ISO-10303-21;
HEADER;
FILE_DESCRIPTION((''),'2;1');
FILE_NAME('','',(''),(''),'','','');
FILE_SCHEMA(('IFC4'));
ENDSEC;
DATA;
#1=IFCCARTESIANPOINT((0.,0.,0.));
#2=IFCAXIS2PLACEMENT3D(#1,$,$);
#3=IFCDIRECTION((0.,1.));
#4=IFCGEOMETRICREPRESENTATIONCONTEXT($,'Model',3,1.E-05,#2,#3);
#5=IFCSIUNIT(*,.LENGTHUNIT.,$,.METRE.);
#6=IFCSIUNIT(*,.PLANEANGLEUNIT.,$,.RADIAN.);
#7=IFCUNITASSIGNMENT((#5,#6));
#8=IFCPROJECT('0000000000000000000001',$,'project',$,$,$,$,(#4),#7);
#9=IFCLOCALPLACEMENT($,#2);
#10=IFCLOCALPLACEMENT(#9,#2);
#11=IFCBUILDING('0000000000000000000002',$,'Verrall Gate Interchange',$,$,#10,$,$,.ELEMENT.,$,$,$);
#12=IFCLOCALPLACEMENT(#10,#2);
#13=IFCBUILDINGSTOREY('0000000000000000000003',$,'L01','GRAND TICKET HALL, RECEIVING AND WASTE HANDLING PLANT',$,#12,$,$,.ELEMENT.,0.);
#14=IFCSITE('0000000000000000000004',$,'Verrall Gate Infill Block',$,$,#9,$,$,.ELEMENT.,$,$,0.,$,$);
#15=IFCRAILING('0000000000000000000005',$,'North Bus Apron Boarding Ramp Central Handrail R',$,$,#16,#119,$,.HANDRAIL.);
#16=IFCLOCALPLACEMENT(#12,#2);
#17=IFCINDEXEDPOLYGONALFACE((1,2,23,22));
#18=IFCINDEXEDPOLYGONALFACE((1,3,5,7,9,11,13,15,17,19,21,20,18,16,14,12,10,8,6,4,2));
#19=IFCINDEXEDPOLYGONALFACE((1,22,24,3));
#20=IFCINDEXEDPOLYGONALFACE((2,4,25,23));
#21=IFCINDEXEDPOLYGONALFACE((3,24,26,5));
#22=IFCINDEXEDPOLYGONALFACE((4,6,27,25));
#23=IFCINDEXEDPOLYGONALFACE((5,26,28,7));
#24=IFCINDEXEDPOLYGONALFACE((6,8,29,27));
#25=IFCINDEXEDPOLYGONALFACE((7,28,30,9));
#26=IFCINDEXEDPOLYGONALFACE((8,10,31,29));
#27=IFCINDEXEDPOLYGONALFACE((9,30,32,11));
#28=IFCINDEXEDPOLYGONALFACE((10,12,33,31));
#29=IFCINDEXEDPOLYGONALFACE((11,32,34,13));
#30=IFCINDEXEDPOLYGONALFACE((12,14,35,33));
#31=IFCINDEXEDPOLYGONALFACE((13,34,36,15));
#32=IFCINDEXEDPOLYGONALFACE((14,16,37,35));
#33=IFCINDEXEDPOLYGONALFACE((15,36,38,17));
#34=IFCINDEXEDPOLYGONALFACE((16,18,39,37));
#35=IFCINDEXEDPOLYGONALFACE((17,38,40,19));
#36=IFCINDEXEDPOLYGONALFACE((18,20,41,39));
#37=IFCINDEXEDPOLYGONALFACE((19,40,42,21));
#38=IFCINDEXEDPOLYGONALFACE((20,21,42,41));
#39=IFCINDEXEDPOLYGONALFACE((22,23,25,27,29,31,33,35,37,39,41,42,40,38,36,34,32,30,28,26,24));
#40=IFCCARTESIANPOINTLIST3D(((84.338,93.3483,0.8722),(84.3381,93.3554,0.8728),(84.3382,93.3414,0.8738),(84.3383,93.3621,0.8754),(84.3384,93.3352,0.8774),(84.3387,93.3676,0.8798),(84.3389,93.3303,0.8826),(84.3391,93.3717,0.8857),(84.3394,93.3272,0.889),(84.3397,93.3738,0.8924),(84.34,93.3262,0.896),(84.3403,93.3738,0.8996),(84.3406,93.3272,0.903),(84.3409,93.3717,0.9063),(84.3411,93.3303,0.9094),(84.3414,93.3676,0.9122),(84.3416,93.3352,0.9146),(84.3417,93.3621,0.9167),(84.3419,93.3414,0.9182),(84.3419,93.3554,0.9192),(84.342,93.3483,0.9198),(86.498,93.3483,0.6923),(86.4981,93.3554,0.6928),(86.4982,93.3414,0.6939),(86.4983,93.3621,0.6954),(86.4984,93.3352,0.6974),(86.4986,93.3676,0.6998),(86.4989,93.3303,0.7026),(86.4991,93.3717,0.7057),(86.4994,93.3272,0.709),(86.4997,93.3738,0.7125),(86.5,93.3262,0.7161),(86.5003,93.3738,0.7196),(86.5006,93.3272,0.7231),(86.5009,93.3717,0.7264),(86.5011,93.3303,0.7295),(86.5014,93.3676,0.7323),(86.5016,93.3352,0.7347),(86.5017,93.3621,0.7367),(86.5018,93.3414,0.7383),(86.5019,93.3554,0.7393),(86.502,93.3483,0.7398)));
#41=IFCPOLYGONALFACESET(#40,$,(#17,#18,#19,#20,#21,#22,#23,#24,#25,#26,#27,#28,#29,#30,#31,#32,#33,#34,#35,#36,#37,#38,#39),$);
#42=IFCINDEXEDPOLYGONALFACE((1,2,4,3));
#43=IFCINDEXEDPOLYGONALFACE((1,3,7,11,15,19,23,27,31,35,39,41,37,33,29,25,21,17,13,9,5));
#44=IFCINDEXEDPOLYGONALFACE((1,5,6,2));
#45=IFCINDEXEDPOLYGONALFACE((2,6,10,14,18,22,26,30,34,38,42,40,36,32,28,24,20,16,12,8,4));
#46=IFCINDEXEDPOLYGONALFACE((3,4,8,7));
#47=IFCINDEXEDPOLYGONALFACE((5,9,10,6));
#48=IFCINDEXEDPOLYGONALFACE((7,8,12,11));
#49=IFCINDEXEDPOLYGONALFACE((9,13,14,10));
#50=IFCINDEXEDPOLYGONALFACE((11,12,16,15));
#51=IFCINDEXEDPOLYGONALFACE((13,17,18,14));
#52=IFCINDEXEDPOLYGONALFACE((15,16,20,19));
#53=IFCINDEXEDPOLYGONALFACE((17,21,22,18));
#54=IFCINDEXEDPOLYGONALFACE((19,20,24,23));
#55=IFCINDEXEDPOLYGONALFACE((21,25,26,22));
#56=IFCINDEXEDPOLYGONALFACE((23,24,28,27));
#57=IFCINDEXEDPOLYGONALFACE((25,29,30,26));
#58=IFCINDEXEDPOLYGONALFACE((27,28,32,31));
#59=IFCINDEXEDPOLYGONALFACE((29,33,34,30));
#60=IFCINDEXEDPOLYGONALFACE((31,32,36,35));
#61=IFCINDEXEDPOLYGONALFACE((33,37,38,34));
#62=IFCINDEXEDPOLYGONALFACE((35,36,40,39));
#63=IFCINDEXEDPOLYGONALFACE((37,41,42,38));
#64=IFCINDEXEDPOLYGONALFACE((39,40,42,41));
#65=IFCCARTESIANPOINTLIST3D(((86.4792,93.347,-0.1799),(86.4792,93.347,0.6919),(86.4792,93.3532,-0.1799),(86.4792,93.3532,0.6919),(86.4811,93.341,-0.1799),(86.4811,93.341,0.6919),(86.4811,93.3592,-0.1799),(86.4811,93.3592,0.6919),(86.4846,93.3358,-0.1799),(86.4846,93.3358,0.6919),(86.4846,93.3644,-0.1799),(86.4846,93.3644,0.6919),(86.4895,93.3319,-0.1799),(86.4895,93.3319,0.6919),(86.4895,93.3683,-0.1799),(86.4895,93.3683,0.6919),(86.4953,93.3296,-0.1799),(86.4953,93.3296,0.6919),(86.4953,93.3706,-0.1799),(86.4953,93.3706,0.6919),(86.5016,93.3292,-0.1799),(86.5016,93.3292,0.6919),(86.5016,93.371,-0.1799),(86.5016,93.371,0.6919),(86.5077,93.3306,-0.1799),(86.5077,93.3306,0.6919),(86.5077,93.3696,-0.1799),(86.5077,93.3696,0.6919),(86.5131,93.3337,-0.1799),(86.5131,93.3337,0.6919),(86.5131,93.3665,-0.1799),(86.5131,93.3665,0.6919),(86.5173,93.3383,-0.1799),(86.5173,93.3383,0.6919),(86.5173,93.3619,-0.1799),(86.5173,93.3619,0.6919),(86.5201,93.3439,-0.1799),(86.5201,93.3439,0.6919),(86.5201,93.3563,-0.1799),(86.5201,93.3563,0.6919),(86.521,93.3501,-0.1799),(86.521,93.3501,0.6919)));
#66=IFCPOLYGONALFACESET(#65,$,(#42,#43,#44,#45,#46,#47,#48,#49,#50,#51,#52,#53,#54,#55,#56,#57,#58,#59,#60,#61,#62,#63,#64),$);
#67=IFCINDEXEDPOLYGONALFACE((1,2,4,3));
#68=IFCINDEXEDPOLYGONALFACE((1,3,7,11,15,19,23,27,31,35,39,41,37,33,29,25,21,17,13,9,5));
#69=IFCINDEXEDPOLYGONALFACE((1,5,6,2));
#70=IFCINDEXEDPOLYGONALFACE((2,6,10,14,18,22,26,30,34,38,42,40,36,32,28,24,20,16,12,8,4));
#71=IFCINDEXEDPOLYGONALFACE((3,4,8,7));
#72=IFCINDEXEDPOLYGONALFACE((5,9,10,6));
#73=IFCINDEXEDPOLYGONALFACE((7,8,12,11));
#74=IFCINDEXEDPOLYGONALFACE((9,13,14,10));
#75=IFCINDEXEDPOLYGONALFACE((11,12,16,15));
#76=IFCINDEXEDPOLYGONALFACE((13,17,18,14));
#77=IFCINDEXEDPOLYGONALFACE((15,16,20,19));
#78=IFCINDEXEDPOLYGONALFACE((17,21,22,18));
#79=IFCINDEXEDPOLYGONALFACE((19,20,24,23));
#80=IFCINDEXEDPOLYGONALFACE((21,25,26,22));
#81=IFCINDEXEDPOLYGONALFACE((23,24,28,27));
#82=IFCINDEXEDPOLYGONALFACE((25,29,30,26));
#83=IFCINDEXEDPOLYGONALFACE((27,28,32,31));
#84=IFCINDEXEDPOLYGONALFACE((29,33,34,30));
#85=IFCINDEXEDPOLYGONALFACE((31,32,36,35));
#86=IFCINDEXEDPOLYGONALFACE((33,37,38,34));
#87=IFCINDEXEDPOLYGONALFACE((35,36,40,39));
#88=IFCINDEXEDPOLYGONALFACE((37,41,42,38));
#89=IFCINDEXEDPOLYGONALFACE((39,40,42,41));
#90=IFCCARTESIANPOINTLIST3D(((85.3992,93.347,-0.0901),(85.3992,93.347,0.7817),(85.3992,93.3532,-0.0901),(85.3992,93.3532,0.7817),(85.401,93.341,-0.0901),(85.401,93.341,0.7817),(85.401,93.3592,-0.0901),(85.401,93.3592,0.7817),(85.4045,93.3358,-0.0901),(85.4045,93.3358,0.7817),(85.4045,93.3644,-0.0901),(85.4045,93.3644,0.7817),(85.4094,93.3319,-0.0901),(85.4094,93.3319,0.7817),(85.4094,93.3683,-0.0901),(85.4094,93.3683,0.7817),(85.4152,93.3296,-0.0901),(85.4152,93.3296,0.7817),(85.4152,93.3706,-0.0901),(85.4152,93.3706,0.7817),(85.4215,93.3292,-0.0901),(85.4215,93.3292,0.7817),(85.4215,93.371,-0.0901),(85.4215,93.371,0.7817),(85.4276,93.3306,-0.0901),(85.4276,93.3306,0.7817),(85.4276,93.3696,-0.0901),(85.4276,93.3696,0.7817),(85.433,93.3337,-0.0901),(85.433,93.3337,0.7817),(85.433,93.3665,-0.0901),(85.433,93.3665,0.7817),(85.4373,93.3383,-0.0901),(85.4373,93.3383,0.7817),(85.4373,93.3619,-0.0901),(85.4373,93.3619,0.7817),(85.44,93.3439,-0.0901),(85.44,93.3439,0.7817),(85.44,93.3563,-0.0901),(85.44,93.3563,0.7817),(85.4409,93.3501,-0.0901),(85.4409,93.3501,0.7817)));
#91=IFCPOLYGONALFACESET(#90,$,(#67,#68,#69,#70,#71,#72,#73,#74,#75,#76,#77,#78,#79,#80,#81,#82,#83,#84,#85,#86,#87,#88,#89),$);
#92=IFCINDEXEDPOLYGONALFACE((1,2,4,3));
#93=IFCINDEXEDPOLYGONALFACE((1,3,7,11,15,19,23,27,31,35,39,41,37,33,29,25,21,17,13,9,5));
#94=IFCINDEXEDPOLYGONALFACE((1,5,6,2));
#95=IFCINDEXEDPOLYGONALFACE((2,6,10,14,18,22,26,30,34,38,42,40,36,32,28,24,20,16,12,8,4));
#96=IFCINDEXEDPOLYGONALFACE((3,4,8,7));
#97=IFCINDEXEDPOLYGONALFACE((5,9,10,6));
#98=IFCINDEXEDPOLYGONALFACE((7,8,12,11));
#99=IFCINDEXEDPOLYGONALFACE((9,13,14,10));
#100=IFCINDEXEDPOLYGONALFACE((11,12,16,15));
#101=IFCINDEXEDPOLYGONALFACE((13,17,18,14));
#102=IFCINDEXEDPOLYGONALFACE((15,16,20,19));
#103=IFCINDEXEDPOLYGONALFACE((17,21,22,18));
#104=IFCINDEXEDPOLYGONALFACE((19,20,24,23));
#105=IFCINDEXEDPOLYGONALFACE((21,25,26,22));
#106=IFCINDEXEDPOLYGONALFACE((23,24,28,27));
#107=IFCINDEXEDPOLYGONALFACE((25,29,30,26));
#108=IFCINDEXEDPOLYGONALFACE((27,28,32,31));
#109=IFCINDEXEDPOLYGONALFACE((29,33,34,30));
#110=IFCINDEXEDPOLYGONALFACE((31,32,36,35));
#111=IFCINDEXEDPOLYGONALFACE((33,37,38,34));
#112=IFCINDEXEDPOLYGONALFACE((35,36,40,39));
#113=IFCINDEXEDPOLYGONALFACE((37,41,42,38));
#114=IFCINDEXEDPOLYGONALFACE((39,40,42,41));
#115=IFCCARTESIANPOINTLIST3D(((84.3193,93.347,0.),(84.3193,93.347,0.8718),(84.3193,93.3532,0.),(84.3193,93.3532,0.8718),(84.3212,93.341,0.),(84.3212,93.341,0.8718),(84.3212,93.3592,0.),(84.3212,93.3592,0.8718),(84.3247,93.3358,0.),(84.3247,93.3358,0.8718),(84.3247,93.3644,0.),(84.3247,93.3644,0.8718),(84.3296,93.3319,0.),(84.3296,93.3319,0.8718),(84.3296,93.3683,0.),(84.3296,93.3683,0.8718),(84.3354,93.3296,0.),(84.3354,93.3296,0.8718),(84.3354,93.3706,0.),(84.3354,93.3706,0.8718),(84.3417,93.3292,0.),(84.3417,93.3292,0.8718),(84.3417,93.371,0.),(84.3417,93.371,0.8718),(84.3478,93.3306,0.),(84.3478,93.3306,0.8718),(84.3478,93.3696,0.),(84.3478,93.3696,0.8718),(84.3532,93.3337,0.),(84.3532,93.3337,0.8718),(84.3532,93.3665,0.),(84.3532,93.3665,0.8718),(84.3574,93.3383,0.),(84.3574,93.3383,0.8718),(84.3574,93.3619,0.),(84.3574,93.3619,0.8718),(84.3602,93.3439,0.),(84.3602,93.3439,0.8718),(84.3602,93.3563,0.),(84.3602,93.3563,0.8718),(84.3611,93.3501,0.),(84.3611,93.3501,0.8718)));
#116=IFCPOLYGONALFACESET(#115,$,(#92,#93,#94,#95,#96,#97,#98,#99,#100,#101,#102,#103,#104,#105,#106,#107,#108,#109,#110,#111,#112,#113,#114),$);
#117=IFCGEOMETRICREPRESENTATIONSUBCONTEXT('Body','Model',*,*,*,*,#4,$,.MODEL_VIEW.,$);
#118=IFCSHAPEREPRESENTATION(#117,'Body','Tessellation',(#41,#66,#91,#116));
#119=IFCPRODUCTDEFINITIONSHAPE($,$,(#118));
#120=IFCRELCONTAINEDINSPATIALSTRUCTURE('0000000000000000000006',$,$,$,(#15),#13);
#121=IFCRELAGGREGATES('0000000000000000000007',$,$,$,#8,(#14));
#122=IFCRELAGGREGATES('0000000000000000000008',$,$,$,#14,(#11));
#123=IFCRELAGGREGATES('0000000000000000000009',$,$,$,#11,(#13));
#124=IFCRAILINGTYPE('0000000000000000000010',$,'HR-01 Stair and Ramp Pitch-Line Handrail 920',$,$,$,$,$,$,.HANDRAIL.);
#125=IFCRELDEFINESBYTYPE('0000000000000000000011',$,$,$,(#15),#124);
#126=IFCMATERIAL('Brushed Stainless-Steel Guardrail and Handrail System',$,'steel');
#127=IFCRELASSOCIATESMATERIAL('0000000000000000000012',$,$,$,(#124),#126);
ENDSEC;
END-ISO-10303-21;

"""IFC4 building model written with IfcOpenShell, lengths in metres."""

from ifc_helpers import new_model, si_unit, direction, frame, origin, origin_2d, place, context, subcontext, project, spatial, circle, extrude, material, type_object, element, save


model = new_model("IFC4")

# Units and contexts
model_context = context("Model", 3, precision=1e-05, world=origin(), true_north=direction((0.0, 1.0)))
body_context = subcontext(model_context, "Body", "Model", "MODEL_VIEW")
ifc_project = project(units=[si_unit("LENGTHUNIT", "METRE"), si_unit("PLANEANGLEUNIT", "RADIAN")], contexts=[model_context])

# Site, building, storey
site_placement = place(None, origin())
site = spatial("IfcSite", under=ifc_project, at=site_placement, Name="Verrall Gate Infill Block", CompositionType="ELEMENT", RefElevation=0.0)
building_placement = place(site_placement, origin())
building = spatial("IfcBuilding", under=site, at=building_placement, Name="Verrall Gate Interchange", CompositionType="ELEMENT")
storey_placement = place(building_placement, origin())
storey = spatial("IfcBuildingStorey", under=building, at=storey_placement, Name="L01", Description="GRAND TICKET HALL, RECEIVING AND WASTE HANDLING PLANT", CompositionType="ELEMENT", Elevation=0.0)

# Railing
ifc_material_1 = material(Name="Brushed Stainless-Steel Guardrail and Handrail System", Category="steel")
railing_type = type_object("IfcRailingType", Name="HR-01 Stair and Ramp Pitch-Line Handrail 920", PredefinedType="HANDRAIL", material=ifc_material_1)
for number, where, name in (
    (1, (86.5, 93.3501, -0.1799), "North Bus Apron Boarding Ramp Central Handrail R"),
):
    element("IfcRailing", number, at=place(storey_placement, frame(where)), inside=storey, type_object=railing_type, Name=name, PredefinedType="HANDRAIL", context=body_context, shape_type="SweptSolid", body=[
        extrude(circle(Radius=0.0239, at=origin_2d()), frame((0.0, 0.0, 0.896), z_axis=(-0.996548, 0.0, 0.083018), x_axis=(0.0, -1.0, 0.0)), (0.0, 0.0, 1.0), 2.1675),
        extrude(circle(Radius=0.021, at=origin_2d()), origin(), (0.0, 0.0, 1.0), 0.8718),
        extrude(circle(Radius=0.021, at=origin_2d()), frame((-1.0801, 0.0, 0.0898)), (0.0, 0.0, 1.0), 0.8718),
        extrude(circle(Radius=0.021, at=origin_2d()), frame((-2.1599, 0.0, 0.1799)), (0.0, 0.0, 1.0), 0.8718),
    ])

save(model, "model.ifc")
